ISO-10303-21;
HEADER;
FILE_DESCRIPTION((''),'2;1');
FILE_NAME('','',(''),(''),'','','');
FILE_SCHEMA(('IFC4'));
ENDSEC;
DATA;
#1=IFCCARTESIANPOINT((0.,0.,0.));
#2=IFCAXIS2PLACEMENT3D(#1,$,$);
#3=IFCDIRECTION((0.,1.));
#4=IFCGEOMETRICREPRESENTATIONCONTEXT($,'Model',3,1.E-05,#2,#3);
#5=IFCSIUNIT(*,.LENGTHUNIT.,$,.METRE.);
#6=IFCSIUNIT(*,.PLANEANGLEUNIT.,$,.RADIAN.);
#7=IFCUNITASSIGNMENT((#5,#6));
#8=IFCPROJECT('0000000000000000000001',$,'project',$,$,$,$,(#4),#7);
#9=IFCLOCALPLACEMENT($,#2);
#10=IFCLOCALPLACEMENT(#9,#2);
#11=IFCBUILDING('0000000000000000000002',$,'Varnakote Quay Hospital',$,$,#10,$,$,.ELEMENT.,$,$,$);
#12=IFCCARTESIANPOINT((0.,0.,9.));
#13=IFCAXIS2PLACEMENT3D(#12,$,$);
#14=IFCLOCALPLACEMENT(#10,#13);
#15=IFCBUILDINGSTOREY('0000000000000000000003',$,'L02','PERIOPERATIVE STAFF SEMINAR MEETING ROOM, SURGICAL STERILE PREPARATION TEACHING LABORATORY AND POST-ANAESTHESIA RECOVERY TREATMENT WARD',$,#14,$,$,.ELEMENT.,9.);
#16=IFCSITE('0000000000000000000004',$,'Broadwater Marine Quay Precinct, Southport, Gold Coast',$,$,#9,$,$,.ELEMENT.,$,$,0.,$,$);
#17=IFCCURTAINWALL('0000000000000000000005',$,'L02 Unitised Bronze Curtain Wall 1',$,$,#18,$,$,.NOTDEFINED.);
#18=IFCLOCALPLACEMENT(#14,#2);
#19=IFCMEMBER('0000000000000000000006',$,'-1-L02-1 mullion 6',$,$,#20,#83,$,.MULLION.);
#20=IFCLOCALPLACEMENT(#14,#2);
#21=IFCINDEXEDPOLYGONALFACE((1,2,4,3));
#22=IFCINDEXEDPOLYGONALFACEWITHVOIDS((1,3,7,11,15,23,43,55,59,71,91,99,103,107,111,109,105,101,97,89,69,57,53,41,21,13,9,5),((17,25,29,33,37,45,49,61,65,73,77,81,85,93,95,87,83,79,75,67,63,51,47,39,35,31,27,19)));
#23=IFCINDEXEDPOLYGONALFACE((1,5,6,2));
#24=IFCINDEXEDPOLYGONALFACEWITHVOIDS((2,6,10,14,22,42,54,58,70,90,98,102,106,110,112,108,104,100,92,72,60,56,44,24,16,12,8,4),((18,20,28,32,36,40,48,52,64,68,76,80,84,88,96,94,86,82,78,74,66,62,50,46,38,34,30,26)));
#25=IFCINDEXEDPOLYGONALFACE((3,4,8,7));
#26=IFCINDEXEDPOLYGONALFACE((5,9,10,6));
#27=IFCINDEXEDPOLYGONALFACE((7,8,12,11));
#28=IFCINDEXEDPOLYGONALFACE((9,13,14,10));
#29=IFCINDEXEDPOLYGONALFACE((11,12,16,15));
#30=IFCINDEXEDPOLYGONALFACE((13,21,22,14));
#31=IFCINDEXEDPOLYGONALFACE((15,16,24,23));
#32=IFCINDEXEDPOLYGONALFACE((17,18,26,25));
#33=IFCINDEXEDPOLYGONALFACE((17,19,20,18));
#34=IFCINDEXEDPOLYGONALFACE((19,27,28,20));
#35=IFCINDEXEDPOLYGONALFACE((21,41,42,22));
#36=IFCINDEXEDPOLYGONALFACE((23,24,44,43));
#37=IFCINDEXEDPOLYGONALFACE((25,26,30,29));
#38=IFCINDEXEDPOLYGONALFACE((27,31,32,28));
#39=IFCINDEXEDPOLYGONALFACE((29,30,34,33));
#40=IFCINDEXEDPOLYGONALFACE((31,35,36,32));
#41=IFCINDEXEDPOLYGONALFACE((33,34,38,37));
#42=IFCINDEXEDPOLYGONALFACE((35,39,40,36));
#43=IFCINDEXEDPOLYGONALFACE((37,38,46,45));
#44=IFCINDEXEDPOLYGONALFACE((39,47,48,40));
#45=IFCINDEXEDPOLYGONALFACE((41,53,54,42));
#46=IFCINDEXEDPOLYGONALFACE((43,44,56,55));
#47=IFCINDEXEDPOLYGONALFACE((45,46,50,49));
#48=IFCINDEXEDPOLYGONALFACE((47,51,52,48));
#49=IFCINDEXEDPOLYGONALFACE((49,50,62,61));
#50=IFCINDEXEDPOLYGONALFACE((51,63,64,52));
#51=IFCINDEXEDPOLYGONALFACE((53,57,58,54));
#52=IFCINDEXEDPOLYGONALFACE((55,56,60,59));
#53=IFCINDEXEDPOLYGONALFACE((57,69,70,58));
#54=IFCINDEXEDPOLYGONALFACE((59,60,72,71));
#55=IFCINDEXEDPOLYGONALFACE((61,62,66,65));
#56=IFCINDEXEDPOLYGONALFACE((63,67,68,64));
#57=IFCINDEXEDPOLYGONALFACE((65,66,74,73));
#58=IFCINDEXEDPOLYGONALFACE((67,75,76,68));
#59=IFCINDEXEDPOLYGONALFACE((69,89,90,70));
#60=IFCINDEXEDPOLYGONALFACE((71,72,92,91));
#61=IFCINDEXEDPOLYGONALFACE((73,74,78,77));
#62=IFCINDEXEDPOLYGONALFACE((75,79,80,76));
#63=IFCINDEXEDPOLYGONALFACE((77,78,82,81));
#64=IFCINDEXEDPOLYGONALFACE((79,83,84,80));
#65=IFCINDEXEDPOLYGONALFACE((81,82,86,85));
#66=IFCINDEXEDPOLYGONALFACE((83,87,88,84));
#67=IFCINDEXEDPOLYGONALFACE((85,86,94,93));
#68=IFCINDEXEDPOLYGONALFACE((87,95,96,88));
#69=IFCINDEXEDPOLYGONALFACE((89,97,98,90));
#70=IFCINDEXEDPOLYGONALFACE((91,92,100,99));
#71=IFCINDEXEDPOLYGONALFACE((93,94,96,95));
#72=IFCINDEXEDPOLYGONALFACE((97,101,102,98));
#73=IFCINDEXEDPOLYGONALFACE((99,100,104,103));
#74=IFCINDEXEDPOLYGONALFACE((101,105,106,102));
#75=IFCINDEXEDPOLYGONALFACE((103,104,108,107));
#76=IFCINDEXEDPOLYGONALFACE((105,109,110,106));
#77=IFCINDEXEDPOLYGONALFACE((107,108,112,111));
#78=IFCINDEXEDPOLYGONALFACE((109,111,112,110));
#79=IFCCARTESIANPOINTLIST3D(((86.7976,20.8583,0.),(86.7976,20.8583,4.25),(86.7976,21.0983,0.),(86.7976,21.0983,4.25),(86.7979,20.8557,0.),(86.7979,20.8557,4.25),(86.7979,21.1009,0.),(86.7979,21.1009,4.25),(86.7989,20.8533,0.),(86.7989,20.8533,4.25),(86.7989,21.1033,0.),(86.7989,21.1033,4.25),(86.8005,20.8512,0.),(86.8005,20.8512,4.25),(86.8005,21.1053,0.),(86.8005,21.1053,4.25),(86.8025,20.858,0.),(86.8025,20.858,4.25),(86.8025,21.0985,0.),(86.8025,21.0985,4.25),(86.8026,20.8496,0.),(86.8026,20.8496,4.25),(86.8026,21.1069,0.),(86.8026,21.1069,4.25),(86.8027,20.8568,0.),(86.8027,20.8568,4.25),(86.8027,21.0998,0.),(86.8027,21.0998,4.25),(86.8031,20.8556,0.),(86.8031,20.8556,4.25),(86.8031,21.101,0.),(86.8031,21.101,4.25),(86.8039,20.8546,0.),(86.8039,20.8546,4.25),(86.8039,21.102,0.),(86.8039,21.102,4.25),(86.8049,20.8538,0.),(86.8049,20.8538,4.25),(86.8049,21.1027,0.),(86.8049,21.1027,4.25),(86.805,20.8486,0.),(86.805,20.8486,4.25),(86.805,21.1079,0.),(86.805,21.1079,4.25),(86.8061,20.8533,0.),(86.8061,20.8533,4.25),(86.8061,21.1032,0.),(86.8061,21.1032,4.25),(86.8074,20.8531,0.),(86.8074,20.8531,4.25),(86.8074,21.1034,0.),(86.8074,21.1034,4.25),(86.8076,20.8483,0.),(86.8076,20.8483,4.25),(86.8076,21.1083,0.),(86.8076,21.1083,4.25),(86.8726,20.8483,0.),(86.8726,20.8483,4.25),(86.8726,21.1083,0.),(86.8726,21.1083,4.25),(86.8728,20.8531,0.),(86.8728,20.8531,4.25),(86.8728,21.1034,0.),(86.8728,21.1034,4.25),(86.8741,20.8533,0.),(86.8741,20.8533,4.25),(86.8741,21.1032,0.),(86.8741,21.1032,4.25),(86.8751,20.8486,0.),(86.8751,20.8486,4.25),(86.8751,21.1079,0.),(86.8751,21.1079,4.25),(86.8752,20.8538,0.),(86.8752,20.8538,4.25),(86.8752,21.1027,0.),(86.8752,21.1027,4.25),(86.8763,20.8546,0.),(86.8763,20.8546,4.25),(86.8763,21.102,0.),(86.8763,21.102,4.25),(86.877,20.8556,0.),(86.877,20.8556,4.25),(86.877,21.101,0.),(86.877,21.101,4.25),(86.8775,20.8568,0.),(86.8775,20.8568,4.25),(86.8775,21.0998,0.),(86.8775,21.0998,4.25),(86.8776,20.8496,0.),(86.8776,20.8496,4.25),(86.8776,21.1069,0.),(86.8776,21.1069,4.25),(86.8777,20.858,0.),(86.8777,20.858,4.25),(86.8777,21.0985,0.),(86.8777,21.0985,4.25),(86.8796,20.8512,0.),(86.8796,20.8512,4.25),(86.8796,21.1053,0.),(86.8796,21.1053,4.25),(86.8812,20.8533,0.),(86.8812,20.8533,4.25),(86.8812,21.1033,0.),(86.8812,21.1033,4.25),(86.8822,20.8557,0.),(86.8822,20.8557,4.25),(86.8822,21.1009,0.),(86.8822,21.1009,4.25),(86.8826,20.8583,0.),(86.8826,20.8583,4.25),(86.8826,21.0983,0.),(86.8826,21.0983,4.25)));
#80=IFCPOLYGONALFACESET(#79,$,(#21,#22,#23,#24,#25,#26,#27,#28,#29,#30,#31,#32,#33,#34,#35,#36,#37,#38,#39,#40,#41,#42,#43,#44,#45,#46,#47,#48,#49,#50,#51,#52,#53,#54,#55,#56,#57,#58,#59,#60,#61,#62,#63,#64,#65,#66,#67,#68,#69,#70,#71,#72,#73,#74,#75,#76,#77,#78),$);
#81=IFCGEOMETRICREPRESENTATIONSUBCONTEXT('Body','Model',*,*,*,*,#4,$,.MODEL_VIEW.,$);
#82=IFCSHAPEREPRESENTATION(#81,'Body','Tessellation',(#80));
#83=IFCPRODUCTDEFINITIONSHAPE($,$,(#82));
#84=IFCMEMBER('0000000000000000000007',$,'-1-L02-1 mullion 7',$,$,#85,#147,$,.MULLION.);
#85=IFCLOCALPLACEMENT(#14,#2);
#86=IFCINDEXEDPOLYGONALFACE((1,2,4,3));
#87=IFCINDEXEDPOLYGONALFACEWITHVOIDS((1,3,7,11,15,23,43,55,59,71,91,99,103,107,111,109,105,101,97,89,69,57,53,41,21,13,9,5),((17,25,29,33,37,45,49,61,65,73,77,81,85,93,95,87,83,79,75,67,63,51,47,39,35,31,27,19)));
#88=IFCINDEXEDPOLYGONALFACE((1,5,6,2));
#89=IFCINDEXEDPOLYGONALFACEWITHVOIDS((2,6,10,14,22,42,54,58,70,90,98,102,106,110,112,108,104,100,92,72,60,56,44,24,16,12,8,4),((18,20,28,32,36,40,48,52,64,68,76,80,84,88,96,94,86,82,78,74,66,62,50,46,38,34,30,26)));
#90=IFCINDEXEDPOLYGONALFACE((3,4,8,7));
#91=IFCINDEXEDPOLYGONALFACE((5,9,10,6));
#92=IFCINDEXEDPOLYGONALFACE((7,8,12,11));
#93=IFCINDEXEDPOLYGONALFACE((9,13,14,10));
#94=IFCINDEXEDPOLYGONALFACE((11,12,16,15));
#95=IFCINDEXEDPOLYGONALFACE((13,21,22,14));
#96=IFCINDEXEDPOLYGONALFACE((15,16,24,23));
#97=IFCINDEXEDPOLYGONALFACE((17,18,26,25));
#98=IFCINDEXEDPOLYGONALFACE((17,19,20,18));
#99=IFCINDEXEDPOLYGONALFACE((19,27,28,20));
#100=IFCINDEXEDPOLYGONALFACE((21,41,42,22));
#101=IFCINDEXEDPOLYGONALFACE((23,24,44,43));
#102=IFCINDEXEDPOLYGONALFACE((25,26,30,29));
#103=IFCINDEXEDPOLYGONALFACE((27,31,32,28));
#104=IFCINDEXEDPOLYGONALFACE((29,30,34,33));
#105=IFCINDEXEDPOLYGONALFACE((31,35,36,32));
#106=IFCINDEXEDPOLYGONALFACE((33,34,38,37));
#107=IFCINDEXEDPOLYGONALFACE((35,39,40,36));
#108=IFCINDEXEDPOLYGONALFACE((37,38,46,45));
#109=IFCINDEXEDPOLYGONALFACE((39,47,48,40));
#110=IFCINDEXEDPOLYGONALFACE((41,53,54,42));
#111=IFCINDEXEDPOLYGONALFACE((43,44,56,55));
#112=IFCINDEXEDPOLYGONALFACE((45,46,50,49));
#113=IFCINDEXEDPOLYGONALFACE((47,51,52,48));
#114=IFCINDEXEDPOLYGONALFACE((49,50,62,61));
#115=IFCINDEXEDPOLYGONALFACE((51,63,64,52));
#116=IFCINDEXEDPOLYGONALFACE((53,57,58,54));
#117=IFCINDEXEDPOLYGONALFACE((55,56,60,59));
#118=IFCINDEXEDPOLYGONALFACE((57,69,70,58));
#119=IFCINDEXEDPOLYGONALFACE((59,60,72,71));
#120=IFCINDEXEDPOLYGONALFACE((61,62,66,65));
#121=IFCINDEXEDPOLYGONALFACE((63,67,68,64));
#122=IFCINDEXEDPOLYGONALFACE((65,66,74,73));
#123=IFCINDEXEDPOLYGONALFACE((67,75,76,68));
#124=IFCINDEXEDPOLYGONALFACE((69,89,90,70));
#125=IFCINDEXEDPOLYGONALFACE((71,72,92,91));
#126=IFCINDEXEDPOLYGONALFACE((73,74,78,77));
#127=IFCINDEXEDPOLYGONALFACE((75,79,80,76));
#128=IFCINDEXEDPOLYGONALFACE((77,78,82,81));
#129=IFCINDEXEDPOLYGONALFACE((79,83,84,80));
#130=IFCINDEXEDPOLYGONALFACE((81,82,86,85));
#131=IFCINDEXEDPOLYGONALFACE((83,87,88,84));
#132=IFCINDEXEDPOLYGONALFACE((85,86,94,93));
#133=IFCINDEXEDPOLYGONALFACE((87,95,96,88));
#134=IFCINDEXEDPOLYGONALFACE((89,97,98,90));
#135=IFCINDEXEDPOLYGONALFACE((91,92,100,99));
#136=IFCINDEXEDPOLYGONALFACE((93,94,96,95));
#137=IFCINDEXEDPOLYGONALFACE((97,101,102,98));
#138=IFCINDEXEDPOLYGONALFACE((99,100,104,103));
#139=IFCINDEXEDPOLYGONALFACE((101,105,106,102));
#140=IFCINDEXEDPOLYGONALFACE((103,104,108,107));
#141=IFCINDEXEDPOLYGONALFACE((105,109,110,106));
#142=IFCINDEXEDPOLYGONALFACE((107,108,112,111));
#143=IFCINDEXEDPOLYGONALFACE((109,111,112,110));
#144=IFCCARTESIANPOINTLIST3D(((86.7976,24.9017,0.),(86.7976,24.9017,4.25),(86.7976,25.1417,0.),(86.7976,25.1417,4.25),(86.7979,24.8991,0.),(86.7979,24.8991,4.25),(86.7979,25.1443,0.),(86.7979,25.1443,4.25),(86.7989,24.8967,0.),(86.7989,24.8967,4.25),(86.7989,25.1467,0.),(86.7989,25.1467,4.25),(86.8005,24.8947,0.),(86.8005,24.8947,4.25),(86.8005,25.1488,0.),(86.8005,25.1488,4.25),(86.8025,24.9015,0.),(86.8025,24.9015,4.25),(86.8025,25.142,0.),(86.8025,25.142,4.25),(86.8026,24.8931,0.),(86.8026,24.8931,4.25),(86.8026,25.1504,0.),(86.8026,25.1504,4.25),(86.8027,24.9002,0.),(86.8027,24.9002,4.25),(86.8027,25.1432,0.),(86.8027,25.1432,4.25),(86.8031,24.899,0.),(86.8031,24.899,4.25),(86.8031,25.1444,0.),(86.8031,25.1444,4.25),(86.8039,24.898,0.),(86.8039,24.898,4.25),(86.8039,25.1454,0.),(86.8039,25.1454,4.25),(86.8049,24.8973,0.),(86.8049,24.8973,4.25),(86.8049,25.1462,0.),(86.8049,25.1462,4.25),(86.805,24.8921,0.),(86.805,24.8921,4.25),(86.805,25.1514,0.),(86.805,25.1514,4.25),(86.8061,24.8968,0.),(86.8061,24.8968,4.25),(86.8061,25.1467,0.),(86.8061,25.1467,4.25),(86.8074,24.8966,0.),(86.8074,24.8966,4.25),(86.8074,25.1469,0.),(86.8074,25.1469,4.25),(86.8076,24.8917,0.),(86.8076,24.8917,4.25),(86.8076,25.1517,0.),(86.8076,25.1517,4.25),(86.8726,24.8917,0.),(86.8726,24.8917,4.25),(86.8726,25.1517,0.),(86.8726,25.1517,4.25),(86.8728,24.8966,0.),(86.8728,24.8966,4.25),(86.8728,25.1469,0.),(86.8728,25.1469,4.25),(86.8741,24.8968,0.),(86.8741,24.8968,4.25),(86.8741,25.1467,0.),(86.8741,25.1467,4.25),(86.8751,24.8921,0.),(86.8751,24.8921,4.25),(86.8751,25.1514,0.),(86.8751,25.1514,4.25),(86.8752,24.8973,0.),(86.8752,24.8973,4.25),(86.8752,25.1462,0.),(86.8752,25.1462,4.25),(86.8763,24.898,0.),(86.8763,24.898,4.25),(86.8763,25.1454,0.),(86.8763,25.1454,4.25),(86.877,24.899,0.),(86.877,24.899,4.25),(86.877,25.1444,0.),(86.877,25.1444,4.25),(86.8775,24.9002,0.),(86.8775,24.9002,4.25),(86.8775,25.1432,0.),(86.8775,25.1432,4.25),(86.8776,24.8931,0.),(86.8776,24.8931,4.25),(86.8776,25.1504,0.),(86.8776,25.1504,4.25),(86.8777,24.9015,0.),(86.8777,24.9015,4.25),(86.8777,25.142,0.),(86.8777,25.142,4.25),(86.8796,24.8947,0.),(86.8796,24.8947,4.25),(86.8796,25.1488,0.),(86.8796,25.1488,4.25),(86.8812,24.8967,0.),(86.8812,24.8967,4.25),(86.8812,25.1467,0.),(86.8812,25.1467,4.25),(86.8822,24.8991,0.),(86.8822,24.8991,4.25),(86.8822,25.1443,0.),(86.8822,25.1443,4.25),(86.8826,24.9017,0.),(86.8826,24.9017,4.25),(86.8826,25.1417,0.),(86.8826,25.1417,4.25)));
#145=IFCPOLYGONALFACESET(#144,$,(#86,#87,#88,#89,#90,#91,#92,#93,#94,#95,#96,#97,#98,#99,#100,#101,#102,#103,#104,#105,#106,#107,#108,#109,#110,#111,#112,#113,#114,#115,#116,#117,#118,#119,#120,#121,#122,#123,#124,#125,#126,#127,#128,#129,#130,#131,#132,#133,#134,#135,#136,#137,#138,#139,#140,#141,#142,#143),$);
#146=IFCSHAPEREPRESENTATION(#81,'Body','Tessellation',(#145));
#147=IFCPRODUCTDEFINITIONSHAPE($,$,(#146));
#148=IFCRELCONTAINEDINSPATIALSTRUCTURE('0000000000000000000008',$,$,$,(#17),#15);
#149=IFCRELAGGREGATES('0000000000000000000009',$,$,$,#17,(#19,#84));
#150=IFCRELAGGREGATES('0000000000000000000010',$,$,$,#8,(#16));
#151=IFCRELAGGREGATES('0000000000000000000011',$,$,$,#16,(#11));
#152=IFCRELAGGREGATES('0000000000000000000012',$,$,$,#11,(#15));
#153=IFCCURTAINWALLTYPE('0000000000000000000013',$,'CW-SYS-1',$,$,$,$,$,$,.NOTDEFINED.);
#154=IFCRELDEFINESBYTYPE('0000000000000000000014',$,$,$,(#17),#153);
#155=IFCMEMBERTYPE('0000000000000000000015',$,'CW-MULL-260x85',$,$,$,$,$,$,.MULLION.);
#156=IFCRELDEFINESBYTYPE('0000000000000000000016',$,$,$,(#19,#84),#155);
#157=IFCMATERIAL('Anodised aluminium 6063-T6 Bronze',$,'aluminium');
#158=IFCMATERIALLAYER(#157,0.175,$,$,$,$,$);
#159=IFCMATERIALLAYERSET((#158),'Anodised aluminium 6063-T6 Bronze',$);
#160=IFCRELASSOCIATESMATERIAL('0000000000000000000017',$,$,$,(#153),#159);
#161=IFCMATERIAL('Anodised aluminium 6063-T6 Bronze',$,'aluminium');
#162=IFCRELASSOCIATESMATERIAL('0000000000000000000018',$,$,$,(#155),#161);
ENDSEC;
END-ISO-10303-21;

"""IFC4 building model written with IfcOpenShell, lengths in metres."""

from ifc_helpers import new_model, si_unit, direction, frame, origin, origin_2d, place, context, subcontext, project, spatial, hollow_rectangle, extrude, material, layer, layer_set, material_profile, profile_set, type_object, element, aggregate, save


model = new_model("IFC4")

# Units and contexts
model_context = context("Model", 3, precision=1e-05, world=origin(), true_north=direction((0.0, 1.0)))
body_context = subcontext(model_context, "Body", "Model", "MODEL_VIEW")
ifc_project = project(units=[si_unit("LENGTHUNIT", "METRE"), si_unit("PLANEANGLEUNIT", "RADIAN")], contexts=[model_context])

# Site, building, storey
site_placement = place(None, origin())
site = spatial("IfcSite", under=ifc_project, at=site_placement, Name="Broadwater Marine Quay Precinct, Southport, Gold Coast", CompositionType="ELEMENT", RefElevation=0.0)
building_placement = place(site_placement, origin())
building = spatial("IfcBuilding", under=site, at=building_placement, Name="Varnakote Quay Hospital", CompositionType="ELEMENT")
storey_placement = place(building_placement, frame((0.0, 0.0, 9.0)))
storey = spatial("IfcBuildingStorey", under=building, at=storey_placement, Name="L02", Description="PERIOPERATIVE STAFF SEMINAR MEETING ROOM, SURGICAL STERILE PREPARATION TEACHING LABORATORY AND POST-ANAESTHESIA RECOVERY TREATMENT WARD", CompositionType="ELEMENT", Elevation=9.0)

# Curtain wall, members
ifc_material_1 = material(Name="Anodised aluminium 6063-T6 Bronze", Category="aluminium")
ifc_layer_1 = layer(ifc_material_1, 0.175)
ifc_layer_set_1 = layer_set([ifc_layer_1], Name="Anodised aluminium 6063-T6 Bronze")
curtain_wall_type = type_object("IfcCurtainWallType", Name="CW-SYS-1", PredefinedType="NOTDEFINED", material=ifc_layer_set_1)
curtain_wall_placement = place(storey_placement, origin())
curtain_wall = element("IfcCurtainWall", 1, at=curtain_wall_placement, inside=storey, type_object=curtain_wall_type, Name="L02 Unitised Bronze Curtain Wall 1", PredefinedType="NOTDEFINED")
ifc_material_2 = material(Name="Anodised aluminium 6063-T6 Bronze", Category="aluminium")
ifc_material_profile_1 = material_profile(ifc_material_2, hollow_rectangle(XDim=0.085, YDim=0.26, WallThickness=0.0049, InnerFilletRadius=0.0049, OuterFilletRadius=0.01, at=origin_2d()), Name="CW-MULL-260x85")
ifc_profile_set_1 = profile_set([ifc_material_profile_1], Name="Anodised aluminium 6063-T6 Bronze")
member_type_1 = type_object("IfcMemberType", Name="CW-MULL-260x85", PredefinedType="MULLION", material=ifc_profile_set_1)
member_1_placement = place(storey_placement, frame((86.8401, 20.9783, 0.0), z_axis=(0.0, 0.0, 1.0), x_axis=(-1.0, 0.0, 0.0)))
member_1 = element("IfcMember", 2, at=member_1_placement, type_object=member_type_1, Name="-1-L02-1 mullion 6", PredefinedType="MULLION", context=body_context, shape_type="SweptSolid", body=[
    extrude(hollow_rectangle(XDim=0.085, YDim=0.26, WallThickness=0.0049, InnerFilletRadius=0.0049, OuterFilletRadius=0.01, at=origin_2d()), origin(), (0.0, 0.0, 1.0), 4.25),
])
member_2_placement = place(storey_placement, frame((86.8401, 25.0217, 0.0), z_axis=(0.0, 0.0, 1.0), x_axis=(-1.0, 0.0, 0.0)))
member_2 = element("IfcMember", 3, at=member_2_placement, type_object=member_type_1, Name="-1-L02-1 mullion 7", PredefinedType="MULLION", context=body_context, shape_type="SweptSolid", body=[
    extrude(hollow_rectangle(XDim=0.085, YDim=0.26, WallThickness=0.0049, InnerFilletRadius=0.0049, OuterFilletRadius=0.01, at=origin_2d()), origin(), (0.0, 0.0, 1.0), 4.25),
])
aggregate(curtain_wall, [member_1, member_2])

save(model, "model.ifc")
